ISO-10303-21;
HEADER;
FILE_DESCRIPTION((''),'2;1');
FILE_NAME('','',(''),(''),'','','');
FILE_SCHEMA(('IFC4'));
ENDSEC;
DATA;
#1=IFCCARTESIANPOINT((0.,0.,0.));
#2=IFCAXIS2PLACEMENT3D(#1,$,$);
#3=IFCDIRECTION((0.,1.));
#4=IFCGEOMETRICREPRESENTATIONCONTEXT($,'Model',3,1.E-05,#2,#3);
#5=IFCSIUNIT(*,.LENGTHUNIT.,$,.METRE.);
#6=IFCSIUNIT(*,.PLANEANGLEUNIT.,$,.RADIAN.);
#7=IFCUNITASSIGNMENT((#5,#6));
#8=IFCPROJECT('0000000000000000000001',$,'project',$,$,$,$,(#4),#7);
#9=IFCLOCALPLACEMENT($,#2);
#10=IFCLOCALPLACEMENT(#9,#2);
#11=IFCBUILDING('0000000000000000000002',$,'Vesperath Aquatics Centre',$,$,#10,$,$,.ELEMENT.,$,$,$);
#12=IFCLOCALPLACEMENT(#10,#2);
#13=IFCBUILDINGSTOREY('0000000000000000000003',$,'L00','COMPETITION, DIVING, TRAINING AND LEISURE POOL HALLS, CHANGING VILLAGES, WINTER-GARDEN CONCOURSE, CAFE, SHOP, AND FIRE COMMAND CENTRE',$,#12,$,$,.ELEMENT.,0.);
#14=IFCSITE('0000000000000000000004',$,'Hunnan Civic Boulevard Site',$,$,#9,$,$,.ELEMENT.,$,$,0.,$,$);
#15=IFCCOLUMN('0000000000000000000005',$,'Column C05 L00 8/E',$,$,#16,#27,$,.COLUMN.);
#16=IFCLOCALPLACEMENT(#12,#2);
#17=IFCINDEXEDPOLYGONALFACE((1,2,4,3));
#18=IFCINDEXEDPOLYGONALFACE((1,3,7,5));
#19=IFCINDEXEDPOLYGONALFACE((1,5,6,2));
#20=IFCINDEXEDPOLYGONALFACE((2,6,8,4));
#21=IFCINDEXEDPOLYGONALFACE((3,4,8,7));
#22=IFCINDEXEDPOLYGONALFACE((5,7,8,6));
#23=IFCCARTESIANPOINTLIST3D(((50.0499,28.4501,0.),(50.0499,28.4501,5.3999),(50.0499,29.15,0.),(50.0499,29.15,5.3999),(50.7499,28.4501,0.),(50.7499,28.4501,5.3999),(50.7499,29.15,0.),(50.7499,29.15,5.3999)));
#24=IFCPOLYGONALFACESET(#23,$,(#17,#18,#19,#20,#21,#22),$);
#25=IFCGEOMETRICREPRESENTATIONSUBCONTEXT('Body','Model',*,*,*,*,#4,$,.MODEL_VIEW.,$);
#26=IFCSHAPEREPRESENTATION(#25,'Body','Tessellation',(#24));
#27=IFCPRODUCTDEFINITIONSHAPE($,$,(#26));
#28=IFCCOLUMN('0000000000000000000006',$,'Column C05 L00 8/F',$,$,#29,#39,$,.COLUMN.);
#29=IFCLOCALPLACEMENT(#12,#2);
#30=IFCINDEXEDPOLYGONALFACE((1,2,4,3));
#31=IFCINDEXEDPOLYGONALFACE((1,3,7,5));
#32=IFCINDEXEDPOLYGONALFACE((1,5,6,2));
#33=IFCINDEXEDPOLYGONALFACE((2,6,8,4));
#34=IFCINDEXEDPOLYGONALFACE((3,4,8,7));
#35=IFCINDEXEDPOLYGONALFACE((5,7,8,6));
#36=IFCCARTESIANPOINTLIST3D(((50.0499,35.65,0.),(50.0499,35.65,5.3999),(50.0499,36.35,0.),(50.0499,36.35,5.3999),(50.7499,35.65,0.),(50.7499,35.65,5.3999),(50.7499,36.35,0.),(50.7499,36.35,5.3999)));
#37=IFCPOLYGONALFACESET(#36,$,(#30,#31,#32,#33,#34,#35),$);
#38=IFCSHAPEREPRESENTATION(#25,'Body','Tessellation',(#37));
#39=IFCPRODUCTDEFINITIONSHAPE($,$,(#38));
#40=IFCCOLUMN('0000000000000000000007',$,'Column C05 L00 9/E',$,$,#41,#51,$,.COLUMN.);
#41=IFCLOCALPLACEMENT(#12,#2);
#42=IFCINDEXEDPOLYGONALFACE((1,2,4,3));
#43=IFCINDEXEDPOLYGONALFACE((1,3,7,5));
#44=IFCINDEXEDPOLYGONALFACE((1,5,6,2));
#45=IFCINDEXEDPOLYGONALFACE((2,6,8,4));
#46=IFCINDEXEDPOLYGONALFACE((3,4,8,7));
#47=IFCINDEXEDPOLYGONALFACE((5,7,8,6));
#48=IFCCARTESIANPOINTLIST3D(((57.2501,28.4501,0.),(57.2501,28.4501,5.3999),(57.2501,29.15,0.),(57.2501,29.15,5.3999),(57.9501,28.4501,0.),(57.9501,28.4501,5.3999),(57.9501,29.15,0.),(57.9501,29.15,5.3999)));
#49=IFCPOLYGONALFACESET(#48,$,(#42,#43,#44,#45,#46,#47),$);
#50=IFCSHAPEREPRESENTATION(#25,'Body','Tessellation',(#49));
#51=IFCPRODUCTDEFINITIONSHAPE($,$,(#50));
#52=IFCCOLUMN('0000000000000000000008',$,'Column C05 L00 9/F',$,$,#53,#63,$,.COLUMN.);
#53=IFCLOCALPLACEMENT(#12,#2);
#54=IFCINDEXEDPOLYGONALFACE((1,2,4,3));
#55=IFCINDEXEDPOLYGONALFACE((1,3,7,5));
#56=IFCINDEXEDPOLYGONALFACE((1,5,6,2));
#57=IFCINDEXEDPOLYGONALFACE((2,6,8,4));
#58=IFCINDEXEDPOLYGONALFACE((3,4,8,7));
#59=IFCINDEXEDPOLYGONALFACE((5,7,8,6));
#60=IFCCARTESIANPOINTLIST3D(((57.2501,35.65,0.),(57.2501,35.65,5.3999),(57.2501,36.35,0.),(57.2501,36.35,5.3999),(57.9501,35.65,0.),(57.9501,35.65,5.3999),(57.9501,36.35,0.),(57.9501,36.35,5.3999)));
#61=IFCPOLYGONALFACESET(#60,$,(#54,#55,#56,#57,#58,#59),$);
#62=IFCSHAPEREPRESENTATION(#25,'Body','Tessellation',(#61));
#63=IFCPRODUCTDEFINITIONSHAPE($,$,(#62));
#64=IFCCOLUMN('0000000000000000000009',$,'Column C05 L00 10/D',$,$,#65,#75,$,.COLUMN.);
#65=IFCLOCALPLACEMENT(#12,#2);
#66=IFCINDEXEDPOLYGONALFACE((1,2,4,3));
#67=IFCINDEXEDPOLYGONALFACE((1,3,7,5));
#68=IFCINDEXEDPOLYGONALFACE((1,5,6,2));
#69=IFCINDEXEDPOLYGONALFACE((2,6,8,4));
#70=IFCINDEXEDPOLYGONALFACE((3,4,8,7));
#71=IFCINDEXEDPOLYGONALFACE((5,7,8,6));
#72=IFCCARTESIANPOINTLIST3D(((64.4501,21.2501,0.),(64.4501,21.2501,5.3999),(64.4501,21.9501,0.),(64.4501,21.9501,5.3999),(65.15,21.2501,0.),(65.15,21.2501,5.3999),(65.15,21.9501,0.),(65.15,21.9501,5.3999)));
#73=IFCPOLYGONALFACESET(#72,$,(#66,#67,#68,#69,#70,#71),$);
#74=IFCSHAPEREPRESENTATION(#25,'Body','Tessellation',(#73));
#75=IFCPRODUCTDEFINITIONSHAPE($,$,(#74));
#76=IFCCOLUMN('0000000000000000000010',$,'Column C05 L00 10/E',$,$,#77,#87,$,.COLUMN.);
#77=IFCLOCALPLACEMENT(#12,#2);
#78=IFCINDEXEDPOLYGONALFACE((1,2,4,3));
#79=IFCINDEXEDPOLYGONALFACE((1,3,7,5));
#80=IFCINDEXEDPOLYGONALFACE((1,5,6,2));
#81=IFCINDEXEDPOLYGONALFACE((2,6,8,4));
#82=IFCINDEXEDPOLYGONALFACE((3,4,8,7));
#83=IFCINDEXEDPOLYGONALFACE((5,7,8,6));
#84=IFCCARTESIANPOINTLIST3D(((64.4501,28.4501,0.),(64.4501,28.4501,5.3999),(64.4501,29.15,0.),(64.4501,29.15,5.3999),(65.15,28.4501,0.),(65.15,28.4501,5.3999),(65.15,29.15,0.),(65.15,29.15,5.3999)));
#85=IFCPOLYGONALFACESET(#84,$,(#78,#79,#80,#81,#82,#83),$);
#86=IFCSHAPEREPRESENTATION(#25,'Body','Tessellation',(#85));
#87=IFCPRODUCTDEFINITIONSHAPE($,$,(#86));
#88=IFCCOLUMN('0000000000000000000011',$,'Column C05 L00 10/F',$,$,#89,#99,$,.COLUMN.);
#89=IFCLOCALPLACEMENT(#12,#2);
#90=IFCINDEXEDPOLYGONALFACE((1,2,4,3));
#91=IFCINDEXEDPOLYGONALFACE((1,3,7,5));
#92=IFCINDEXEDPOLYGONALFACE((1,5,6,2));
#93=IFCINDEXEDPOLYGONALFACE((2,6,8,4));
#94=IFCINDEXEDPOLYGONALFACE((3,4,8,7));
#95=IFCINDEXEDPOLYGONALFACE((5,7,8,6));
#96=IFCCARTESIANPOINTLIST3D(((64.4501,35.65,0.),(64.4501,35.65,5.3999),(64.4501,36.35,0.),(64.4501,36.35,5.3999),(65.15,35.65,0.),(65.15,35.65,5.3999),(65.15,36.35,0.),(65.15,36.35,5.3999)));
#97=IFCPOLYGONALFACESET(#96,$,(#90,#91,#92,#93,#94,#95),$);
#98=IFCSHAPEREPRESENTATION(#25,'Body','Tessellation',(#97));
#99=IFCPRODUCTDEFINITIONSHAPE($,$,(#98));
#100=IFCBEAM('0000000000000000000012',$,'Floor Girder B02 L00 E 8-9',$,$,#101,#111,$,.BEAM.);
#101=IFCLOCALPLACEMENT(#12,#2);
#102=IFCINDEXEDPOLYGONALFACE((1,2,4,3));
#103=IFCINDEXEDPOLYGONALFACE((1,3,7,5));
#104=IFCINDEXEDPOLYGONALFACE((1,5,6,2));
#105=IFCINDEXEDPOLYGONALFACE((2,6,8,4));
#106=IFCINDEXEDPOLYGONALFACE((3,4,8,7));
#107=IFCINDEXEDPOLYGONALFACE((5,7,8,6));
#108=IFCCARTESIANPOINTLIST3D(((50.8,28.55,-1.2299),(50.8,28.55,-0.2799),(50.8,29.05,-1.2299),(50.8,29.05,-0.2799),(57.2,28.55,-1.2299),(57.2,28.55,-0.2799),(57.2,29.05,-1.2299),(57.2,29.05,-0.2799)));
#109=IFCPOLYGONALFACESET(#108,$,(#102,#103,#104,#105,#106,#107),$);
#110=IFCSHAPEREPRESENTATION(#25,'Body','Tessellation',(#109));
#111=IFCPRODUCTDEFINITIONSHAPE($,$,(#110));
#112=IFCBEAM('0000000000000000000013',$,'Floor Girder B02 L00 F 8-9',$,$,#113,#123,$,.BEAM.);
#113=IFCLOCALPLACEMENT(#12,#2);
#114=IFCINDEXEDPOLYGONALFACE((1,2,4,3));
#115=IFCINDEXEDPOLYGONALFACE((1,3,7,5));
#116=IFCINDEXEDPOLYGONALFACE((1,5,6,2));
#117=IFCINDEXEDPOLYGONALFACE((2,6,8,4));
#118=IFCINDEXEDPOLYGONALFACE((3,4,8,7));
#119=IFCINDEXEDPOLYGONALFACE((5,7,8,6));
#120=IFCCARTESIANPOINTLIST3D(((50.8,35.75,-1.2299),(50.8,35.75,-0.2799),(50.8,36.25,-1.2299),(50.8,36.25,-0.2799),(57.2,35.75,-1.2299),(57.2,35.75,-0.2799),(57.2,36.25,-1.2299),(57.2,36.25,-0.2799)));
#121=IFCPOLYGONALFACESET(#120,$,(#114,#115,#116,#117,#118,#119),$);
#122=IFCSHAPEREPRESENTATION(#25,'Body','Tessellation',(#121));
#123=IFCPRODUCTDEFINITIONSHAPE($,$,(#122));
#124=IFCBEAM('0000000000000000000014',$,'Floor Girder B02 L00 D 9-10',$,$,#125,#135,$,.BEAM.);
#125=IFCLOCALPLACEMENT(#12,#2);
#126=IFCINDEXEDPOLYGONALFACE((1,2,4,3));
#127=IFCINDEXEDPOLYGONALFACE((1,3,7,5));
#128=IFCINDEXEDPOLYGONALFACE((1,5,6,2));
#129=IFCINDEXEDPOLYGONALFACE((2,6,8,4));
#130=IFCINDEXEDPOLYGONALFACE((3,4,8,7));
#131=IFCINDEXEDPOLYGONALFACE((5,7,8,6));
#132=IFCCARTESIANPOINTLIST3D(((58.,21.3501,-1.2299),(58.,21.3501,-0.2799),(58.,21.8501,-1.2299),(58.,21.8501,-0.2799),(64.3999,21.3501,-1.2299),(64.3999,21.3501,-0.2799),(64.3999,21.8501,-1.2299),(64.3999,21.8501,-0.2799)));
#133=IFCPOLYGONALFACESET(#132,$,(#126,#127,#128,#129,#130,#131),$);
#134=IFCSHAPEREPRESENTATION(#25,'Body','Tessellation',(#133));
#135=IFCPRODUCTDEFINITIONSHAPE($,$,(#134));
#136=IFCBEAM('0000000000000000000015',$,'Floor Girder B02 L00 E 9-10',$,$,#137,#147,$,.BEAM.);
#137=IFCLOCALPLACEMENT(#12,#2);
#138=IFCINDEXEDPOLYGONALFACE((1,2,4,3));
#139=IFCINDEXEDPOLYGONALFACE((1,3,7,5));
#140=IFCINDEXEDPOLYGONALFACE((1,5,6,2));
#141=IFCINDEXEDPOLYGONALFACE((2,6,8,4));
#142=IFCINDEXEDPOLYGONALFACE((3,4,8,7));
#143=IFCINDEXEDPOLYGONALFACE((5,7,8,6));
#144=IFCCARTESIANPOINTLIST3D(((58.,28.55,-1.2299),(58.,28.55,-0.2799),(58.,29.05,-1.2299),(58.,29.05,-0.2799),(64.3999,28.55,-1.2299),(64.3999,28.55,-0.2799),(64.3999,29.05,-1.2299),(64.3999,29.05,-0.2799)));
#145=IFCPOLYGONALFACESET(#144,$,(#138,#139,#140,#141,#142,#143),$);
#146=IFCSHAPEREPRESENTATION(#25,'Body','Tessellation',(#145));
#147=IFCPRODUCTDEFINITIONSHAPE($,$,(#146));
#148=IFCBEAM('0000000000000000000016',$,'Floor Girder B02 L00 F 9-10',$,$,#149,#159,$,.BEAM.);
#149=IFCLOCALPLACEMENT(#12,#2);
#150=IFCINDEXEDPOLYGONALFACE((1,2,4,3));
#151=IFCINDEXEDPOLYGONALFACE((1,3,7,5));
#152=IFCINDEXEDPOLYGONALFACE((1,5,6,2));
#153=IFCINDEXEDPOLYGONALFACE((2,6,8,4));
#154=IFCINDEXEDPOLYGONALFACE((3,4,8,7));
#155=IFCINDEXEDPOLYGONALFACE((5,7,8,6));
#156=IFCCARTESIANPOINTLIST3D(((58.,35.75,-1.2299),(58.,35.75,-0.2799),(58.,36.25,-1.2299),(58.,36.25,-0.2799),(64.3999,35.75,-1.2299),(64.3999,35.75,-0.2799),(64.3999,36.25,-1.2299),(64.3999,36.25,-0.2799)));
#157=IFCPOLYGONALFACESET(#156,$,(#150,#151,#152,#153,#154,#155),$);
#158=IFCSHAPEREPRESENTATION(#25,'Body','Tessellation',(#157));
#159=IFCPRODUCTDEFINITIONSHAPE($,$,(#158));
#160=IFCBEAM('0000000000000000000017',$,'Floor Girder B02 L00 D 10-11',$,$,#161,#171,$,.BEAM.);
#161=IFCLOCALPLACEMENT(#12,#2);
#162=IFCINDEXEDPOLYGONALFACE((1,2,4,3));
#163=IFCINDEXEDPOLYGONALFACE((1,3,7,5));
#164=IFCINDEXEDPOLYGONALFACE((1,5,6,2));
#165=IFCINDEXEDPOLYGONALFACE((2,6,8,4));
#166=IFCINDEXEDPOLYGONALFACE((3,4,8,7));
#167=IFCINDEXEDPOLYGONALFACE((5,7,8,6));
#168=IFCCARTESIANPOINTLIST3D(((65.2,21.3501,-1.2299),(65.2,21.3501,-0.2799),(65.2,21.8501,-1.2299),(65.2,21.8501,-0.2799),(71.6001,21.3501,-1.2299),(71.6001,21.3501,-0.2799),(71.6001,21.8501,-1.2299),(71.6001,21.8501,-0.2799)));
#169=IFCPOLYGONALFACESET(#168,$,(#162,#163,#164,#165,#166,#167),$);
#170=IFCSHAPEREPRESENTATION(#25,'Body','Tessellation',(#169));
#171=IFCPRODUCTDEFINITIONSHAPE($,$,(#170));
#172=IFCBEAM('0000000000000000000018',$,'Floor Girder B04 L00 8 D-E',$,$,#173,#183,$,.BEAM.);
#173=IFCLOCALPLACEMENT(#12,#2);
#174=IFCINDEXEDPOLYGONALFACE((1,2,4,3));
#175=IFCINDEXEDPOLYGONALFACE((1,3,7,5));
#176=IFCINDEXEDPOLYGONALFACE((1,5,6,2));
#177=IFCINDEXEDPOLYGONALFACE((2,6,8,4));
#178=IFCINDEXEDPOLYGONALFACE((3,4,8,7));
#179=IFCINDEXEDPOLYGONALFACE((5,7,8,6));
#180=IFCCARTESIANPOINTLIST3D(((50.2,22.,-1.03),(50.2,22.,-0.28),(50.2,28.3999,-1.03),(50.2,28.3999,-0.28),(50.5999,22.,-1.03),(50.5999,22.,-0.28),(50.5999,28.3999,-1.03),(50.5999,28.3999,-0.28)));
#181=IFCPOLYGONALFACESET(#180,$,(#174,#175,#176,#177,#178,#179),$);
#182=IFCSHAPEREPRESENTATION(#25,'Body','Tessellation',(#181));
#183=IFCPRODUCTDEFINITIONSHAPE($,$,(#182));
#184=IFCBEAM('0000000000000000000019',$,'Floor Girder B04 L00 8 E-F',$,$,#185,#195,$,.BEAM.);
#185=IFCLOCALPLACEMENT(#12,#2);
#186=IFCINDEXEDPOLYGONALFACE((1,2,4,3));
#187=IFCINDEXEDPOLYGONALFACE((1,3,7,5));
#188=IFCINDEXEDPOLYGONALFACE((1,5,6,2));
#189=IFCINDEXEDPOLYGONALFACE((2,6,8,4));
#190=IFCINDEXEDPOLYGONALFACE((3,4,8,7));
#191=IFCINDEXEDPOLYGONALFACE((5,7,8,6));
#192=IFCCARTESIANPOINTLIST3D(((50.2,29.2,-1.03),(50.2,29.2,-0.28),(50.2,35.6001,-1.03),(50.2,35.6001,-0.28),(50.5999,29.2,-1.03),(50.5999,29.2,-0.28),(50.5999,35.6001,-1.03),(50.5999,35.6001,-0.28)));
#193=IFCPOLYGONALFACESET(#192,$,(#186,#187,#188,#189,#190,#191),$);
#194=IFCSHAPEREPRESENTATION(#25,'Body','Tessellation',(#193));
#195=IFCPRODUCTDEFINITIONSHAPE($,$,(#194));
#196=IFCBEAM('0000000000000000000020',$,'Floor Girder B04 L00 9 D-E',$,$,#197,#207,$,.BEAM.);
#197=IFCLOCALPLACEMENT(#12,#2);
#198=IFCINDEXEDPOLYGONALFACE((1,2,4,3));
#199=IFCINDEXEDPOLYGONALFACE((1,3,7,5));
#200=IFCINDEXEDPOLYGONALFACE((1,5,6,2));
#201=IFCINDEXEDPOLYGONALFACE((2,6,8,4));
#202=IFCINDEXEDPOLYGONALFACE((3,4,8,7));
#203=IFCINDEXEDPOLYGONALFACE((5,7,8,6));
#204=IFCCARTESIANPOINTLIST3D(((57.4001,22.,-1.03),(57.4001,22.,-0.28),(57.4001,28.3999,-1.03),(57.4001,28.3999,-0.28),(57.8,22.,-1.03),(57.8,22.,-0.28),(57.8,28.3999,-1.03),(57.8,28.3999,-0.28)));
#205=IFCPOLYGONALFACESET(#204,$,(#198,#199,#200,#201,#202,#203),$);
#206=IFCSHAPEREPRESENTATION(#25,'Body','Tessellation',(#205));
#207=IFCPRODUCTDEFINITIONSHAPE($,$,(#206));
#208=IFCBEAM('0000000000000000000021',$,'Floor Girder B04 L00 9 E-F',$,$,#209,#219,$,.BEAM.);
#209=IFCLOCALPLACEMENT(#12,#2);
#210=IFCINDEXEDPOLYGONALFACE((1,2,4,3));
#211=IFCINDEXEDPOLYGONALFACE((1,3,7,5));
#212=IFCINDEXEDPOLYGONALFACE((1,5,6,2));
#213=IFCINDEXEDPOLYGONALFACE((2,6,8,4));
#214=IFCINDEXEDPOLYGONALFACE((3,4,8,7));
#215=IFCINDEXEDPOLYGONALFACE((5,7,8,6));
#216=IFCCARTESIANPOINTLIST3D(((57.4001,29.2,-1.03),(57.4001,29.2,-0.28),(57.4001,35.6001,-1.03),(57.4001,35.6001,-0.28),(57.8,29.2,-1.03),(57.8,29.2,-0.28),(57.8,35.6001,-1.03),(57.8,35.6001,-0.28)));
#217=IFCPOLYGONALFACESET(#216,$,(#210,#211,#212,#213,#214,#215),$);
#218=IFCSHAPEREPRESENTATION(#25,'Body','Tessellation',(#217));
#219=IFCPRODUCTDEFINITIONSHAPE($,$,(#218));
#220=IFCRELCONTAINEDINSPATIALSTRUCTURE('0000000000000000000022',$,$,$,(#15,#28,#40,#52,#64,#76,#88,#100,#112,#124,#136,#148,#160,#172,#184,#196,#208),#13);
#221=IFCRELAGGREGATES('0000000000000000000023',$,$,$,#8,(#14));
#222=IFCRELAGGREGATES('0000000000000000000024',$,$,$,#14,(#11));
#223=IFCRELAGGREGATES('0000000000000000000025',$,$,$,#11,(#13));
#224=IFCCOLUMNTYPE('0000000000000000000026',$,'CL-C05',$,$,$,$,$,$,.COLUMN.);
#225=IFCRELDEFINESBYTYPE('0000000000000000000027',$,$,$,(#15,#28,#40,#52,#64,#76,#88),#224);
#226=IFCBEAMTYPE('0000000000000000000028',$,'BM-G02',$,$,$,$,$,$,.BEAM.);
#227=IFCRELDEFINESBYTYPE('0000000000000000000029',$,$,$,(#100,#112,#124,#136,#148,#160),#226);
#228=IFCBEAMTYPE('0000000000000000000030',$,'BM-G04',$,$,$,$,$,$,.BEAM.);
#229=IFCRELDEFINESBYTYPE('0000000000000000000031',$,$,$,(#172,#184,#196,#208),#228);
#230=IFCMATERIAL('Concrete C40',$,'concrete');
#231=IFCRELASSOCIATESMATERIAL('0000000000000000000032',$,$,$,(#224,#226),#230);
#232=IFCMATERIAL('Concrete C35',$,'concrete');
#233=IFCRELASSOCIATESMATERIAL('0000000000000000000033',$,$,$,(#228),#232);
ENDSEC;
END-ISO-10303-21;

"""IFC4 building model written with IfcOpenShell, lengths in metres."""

from ifc_helpers import new_model, si_unit, direction, frame, origin, origin_2d, place, context, subcontext, project, spatial, rectangle, extrude, material, material_profile, profile_set, type_object, element, save


model = new_model("IFC4")

# Units and contexts
model_context = context("Model", 3, precision=1e-05, world=origin(), true_north=direction((0.0, 1.0)))
body_context = subcontext(model_context, "Body", "Model", "MODEL_VIEW")
ifc_project = project(units=[si_unit("LENGTHUNIT", "METRE"), si_unit("PLANEANGLEUNIT", "RADIAN")], contexts=[model_context])

# Site, building, storey
site_placement = place(None, origin())
site = spatial("IfcSite", under=ifc_project, at=site_placement, Name="Hunnan Civic Boulevard Site", CompositionType="ELEMENT", RefElevation=0.0)
building_placement = place(site_placement, origin())
building = spatial("IfcBuilding", under=site, at=building_placement, Name="Vesperath Aquatics Centre", CompositionType="ELEMENT")
storey_placement = place(building_placement, origin())
storey = spatial("IfcBuildingStorey", under=building, at=storey_placement, Name="L00", Description="COMPETITION, DIVING, TRAINING AND LEISURE POOL HALLS, CHANGING VILLAGES, WINTER-GARDEN CONCOURSE, CAFE, SHOP, AND FIRE COMMAND CENTRE", CompositionType="ELEMENT", Elevation=0.0)

# Columns
ifc_material_1 = material(Name="Concrete C40", Category="concrete")
ifc_material_profile_1 = material_profile(ifc_material_1, rectangle(XDim=0.7, YDim=0.7, at=origin_2d()), Name="RC 700x700")
ifc_profile_set_1 = profile_set([ifc_material_profile_1], Name="Concrete C40")
column_type = type_object("IfcColumnType", Name="CL-C05", PredefinedType="COLUMN", material=ifc_profile_set_1)
for number, where, z_axis, x_axis, name in (
    (1, (50.3999, 28.8, 0.0), (0.0, 0.0, 1.0), (1.0, 0.0, 0.0), "Column C05 L00 8/E"),
    (2, (50.3999, 36.0, 0.0), (0.0, 0.0, 1.0), (1.0, 0.0, 0.0), "Column C05 L00 8/F"),
    (3, (57.6001, 28.8, 0.0), (0.0, 0.0, 1.0), (1.0, 0.0, 0.0), "Column C05 L00 9/E"),
    (4, (57.6001, 36.0, 0.0), (0.0, 0.0, 1.0), (1.0, 0.0, 0.0), "Column C05 L00 9/F"),
    (5, (64.8, 21.6001, 0.0), (0.0, 0.0, 1.0), (1.0, 0.0, 0.0), "Column C05 L00 10/D"),
    (6, (64.8, 28.8, 0.0), (0.0, 0.0, 1.0), (1.0, 0.0, 0.0), "Column C05 L00 10/E"),
    (7, (64.8, 36.0, 0.0), (0.0, 0.0, 1.0), (1.0, 0.0, 0.0), "Column C05 L00 10/F"),
):
    element("IfcColumn", number, at=place(storey_placement, frame(where, z_axis=z_axis, x_axis=x_axis)), inside=storey, type_object=column_type, Name=name, PredefinedType="COLUMN", context=body_context, shape_type="SweptSolid", body=[
        extrude(rectangle(XDim=0.7, YDim=0.7, at=origin_2d()), origin(), (0.0, 0.0, 1.0), 5.3999),
    ])

# Beams
ifc_material_profile_2 = material_profile(ifc_material_1, rectangle(XDim=0.5, YDim=0.95, at=origin_2d()), Name="RC 500x950")
ifc_profile_set_2 = profile_set([ifc_material_profile_2], Name="Concrete C40")
beam_type_1 = type_object("IfcBeamType", Name="BM-G02", PredefinedType="BEAM", material=ifc_profile_set_2)
for number, where, z_axis, x_axis, name in (
    (8, (50.8, 28.8, -0.7549), (1.0, 0.0, 0.0), (0.0, 1.0, 0.0), "Floor Girder B02 L00 E 8-9"),
    (9, (50.8, 36.0, -0.7549), (1.0, 0.0, 0.0), (0.0, 1.0, 0.0), "Floor Girder B02 L00 F 8-9"),
    (10, (58.0, 21.6001, -0.7549), (1.0, 0.0, 0.0), (0.0, 1.0, 0.0), "Floor Girder B02 L00 D 9-10"),
    (11, (58.0, 28.8, -0.7549), (1.0, 0.0, 0.0), (0.0, 1.0, 0.0), "Floor Girder B02 L00 E 9-10"),
    (12, (58.0, 36.0, -0.7549), (1.0, 0.0, 0.0), (0.0, 1.0, 0.0), "Floor Girder B02 L00 F 9-10"),
):
    element("IfcBeam", number, at=place(storey_placement, frame(where, z_axis=z_axis, x_axis=x_axis)), inside=storey, type_object=beam_type_1, Name=name, PredefinedType="BEAM", context=body_context, shape_type="SweptSolid", body=[
        extrude(rectangle(XDim=0.5, YDim=0.95, at=origin_2d()), origin(), (0.0, 0.0, 1.0), 6.3999),
    ])
beam_1_placement = place(storey_placement, frame((65.2, 21.6001, -0.7549), z_axis=(1.0, 0.0, 0.0), x_axis=(0.0, 1.0, 0.0)))
element("IfcBeam", 13, at=beam_1_placement, inside=storey, type_object=beam_type_1, Name="Floor Girder B02 L00 D 10-11", PredefinedType="BEAM", context=body_context, shape_type="SweptSolid", body=[
    extrude(rectangle(XDim=0.5, YDim=0.95, at=origin_2d()), origin(), (0.0, 0.0, 1.0), 6.4001),
])
ifc_material_2 = material(Name="Concrete C35", Category="concrete")
ifc_material_profile_3 = material_profile(ifc_material_2, rectangle(XDim=0.3999, YDim=0.75, at=origin_2d()), Name="RC 400x750")
ifc_profile_set_3 = profile_set([ifc_material_profile_3], Name="Concrete C35")
beam_type_2 = type_object("IfcBeamType", Name="BM-G04", PredefinedType="BEAM", material=ifc_profile_set_3)
beam_2_placement = place(storey_placement, frame((50.3999, 22.0, -0.655), z_axis=(0.0, 1.0, 0.0), x_axis=(-1.0, 0.0, 0.0)))
element("IfcBeam", 14, at=beam_2_placement, inside=storey, type_object=beam_type_2, Name="Floor Girder B04 L00 8 D-E", PredefinedType="BEAM", context=body_context, shape_type="SweptSolid", body=[
    extrude(rectangle(XDim=0.3999, YDim=0.75, at=origin_2d()), origin(), (0.0, 0.0, 1.0), 6.3999),
])
beam_3_placement = place(storey_placement, frame((50.3999, 29.2, -0.655), z_axis=(0.0, 1.0, 0.0), x_axis=(-1.0, 0.0, 0.0)))
element("IfcBeam", 15, at=beam_3_placement, inside=storey, type_object=beam_type_2, Name="Floor Girder B04 L00 8 E-F", PredefinedType="BEAM", context=body_context, shape_type="SweptSolid", body=[
    extrude(rectangle(XDim=0.3999, YDim=0.75, at=origin_2d()), origin(), (0.0, 0.0, 1.0), 6.4001),
])
beam_4_placement = place(storey_placement, frame((57.6001, 22.0, -0.655), z_axis=(0.0, 1.0, 0.0), x_axis=(-1.0, 0.0, 0.0)))
element("IfcBeam", 16, at=beam_4_placement, inside=storey, type_object=beam_type_2, Name="Floor Girder B04 L00 9 D-E", PredefinedType="BEAM", context=body_context, shape_type="SweptSolid", body=[
    extrude(rectangle(XDim=0.3999, YDim=0.75, at=origin_2d()), origin(), (0.0, 0.0, 1.0), 6.3999),
])
beam_5_placement = place(storey_placement, frame((57.6001, 29.2, -0.655), z_axis=(0.0, 1.0, 0.0), x_axis=(-1.0, 0.0, 0.0)))
element("IfcBeam", 17, at=beam_5_placement, inside=storey, type_object=beam_type_2, Name="Floor Girder B04 L00 9 E-F", PredefinedType="BEAM", context=body_context, shape_type="SweptSolid", body=[
    extrude(rectangle(XDim=0.3999, YDim=0.75, at=origin_2d()), origin(), (0.0, 0.0, 1.0), 6.4001),
])

save(model, "model.ifc")
